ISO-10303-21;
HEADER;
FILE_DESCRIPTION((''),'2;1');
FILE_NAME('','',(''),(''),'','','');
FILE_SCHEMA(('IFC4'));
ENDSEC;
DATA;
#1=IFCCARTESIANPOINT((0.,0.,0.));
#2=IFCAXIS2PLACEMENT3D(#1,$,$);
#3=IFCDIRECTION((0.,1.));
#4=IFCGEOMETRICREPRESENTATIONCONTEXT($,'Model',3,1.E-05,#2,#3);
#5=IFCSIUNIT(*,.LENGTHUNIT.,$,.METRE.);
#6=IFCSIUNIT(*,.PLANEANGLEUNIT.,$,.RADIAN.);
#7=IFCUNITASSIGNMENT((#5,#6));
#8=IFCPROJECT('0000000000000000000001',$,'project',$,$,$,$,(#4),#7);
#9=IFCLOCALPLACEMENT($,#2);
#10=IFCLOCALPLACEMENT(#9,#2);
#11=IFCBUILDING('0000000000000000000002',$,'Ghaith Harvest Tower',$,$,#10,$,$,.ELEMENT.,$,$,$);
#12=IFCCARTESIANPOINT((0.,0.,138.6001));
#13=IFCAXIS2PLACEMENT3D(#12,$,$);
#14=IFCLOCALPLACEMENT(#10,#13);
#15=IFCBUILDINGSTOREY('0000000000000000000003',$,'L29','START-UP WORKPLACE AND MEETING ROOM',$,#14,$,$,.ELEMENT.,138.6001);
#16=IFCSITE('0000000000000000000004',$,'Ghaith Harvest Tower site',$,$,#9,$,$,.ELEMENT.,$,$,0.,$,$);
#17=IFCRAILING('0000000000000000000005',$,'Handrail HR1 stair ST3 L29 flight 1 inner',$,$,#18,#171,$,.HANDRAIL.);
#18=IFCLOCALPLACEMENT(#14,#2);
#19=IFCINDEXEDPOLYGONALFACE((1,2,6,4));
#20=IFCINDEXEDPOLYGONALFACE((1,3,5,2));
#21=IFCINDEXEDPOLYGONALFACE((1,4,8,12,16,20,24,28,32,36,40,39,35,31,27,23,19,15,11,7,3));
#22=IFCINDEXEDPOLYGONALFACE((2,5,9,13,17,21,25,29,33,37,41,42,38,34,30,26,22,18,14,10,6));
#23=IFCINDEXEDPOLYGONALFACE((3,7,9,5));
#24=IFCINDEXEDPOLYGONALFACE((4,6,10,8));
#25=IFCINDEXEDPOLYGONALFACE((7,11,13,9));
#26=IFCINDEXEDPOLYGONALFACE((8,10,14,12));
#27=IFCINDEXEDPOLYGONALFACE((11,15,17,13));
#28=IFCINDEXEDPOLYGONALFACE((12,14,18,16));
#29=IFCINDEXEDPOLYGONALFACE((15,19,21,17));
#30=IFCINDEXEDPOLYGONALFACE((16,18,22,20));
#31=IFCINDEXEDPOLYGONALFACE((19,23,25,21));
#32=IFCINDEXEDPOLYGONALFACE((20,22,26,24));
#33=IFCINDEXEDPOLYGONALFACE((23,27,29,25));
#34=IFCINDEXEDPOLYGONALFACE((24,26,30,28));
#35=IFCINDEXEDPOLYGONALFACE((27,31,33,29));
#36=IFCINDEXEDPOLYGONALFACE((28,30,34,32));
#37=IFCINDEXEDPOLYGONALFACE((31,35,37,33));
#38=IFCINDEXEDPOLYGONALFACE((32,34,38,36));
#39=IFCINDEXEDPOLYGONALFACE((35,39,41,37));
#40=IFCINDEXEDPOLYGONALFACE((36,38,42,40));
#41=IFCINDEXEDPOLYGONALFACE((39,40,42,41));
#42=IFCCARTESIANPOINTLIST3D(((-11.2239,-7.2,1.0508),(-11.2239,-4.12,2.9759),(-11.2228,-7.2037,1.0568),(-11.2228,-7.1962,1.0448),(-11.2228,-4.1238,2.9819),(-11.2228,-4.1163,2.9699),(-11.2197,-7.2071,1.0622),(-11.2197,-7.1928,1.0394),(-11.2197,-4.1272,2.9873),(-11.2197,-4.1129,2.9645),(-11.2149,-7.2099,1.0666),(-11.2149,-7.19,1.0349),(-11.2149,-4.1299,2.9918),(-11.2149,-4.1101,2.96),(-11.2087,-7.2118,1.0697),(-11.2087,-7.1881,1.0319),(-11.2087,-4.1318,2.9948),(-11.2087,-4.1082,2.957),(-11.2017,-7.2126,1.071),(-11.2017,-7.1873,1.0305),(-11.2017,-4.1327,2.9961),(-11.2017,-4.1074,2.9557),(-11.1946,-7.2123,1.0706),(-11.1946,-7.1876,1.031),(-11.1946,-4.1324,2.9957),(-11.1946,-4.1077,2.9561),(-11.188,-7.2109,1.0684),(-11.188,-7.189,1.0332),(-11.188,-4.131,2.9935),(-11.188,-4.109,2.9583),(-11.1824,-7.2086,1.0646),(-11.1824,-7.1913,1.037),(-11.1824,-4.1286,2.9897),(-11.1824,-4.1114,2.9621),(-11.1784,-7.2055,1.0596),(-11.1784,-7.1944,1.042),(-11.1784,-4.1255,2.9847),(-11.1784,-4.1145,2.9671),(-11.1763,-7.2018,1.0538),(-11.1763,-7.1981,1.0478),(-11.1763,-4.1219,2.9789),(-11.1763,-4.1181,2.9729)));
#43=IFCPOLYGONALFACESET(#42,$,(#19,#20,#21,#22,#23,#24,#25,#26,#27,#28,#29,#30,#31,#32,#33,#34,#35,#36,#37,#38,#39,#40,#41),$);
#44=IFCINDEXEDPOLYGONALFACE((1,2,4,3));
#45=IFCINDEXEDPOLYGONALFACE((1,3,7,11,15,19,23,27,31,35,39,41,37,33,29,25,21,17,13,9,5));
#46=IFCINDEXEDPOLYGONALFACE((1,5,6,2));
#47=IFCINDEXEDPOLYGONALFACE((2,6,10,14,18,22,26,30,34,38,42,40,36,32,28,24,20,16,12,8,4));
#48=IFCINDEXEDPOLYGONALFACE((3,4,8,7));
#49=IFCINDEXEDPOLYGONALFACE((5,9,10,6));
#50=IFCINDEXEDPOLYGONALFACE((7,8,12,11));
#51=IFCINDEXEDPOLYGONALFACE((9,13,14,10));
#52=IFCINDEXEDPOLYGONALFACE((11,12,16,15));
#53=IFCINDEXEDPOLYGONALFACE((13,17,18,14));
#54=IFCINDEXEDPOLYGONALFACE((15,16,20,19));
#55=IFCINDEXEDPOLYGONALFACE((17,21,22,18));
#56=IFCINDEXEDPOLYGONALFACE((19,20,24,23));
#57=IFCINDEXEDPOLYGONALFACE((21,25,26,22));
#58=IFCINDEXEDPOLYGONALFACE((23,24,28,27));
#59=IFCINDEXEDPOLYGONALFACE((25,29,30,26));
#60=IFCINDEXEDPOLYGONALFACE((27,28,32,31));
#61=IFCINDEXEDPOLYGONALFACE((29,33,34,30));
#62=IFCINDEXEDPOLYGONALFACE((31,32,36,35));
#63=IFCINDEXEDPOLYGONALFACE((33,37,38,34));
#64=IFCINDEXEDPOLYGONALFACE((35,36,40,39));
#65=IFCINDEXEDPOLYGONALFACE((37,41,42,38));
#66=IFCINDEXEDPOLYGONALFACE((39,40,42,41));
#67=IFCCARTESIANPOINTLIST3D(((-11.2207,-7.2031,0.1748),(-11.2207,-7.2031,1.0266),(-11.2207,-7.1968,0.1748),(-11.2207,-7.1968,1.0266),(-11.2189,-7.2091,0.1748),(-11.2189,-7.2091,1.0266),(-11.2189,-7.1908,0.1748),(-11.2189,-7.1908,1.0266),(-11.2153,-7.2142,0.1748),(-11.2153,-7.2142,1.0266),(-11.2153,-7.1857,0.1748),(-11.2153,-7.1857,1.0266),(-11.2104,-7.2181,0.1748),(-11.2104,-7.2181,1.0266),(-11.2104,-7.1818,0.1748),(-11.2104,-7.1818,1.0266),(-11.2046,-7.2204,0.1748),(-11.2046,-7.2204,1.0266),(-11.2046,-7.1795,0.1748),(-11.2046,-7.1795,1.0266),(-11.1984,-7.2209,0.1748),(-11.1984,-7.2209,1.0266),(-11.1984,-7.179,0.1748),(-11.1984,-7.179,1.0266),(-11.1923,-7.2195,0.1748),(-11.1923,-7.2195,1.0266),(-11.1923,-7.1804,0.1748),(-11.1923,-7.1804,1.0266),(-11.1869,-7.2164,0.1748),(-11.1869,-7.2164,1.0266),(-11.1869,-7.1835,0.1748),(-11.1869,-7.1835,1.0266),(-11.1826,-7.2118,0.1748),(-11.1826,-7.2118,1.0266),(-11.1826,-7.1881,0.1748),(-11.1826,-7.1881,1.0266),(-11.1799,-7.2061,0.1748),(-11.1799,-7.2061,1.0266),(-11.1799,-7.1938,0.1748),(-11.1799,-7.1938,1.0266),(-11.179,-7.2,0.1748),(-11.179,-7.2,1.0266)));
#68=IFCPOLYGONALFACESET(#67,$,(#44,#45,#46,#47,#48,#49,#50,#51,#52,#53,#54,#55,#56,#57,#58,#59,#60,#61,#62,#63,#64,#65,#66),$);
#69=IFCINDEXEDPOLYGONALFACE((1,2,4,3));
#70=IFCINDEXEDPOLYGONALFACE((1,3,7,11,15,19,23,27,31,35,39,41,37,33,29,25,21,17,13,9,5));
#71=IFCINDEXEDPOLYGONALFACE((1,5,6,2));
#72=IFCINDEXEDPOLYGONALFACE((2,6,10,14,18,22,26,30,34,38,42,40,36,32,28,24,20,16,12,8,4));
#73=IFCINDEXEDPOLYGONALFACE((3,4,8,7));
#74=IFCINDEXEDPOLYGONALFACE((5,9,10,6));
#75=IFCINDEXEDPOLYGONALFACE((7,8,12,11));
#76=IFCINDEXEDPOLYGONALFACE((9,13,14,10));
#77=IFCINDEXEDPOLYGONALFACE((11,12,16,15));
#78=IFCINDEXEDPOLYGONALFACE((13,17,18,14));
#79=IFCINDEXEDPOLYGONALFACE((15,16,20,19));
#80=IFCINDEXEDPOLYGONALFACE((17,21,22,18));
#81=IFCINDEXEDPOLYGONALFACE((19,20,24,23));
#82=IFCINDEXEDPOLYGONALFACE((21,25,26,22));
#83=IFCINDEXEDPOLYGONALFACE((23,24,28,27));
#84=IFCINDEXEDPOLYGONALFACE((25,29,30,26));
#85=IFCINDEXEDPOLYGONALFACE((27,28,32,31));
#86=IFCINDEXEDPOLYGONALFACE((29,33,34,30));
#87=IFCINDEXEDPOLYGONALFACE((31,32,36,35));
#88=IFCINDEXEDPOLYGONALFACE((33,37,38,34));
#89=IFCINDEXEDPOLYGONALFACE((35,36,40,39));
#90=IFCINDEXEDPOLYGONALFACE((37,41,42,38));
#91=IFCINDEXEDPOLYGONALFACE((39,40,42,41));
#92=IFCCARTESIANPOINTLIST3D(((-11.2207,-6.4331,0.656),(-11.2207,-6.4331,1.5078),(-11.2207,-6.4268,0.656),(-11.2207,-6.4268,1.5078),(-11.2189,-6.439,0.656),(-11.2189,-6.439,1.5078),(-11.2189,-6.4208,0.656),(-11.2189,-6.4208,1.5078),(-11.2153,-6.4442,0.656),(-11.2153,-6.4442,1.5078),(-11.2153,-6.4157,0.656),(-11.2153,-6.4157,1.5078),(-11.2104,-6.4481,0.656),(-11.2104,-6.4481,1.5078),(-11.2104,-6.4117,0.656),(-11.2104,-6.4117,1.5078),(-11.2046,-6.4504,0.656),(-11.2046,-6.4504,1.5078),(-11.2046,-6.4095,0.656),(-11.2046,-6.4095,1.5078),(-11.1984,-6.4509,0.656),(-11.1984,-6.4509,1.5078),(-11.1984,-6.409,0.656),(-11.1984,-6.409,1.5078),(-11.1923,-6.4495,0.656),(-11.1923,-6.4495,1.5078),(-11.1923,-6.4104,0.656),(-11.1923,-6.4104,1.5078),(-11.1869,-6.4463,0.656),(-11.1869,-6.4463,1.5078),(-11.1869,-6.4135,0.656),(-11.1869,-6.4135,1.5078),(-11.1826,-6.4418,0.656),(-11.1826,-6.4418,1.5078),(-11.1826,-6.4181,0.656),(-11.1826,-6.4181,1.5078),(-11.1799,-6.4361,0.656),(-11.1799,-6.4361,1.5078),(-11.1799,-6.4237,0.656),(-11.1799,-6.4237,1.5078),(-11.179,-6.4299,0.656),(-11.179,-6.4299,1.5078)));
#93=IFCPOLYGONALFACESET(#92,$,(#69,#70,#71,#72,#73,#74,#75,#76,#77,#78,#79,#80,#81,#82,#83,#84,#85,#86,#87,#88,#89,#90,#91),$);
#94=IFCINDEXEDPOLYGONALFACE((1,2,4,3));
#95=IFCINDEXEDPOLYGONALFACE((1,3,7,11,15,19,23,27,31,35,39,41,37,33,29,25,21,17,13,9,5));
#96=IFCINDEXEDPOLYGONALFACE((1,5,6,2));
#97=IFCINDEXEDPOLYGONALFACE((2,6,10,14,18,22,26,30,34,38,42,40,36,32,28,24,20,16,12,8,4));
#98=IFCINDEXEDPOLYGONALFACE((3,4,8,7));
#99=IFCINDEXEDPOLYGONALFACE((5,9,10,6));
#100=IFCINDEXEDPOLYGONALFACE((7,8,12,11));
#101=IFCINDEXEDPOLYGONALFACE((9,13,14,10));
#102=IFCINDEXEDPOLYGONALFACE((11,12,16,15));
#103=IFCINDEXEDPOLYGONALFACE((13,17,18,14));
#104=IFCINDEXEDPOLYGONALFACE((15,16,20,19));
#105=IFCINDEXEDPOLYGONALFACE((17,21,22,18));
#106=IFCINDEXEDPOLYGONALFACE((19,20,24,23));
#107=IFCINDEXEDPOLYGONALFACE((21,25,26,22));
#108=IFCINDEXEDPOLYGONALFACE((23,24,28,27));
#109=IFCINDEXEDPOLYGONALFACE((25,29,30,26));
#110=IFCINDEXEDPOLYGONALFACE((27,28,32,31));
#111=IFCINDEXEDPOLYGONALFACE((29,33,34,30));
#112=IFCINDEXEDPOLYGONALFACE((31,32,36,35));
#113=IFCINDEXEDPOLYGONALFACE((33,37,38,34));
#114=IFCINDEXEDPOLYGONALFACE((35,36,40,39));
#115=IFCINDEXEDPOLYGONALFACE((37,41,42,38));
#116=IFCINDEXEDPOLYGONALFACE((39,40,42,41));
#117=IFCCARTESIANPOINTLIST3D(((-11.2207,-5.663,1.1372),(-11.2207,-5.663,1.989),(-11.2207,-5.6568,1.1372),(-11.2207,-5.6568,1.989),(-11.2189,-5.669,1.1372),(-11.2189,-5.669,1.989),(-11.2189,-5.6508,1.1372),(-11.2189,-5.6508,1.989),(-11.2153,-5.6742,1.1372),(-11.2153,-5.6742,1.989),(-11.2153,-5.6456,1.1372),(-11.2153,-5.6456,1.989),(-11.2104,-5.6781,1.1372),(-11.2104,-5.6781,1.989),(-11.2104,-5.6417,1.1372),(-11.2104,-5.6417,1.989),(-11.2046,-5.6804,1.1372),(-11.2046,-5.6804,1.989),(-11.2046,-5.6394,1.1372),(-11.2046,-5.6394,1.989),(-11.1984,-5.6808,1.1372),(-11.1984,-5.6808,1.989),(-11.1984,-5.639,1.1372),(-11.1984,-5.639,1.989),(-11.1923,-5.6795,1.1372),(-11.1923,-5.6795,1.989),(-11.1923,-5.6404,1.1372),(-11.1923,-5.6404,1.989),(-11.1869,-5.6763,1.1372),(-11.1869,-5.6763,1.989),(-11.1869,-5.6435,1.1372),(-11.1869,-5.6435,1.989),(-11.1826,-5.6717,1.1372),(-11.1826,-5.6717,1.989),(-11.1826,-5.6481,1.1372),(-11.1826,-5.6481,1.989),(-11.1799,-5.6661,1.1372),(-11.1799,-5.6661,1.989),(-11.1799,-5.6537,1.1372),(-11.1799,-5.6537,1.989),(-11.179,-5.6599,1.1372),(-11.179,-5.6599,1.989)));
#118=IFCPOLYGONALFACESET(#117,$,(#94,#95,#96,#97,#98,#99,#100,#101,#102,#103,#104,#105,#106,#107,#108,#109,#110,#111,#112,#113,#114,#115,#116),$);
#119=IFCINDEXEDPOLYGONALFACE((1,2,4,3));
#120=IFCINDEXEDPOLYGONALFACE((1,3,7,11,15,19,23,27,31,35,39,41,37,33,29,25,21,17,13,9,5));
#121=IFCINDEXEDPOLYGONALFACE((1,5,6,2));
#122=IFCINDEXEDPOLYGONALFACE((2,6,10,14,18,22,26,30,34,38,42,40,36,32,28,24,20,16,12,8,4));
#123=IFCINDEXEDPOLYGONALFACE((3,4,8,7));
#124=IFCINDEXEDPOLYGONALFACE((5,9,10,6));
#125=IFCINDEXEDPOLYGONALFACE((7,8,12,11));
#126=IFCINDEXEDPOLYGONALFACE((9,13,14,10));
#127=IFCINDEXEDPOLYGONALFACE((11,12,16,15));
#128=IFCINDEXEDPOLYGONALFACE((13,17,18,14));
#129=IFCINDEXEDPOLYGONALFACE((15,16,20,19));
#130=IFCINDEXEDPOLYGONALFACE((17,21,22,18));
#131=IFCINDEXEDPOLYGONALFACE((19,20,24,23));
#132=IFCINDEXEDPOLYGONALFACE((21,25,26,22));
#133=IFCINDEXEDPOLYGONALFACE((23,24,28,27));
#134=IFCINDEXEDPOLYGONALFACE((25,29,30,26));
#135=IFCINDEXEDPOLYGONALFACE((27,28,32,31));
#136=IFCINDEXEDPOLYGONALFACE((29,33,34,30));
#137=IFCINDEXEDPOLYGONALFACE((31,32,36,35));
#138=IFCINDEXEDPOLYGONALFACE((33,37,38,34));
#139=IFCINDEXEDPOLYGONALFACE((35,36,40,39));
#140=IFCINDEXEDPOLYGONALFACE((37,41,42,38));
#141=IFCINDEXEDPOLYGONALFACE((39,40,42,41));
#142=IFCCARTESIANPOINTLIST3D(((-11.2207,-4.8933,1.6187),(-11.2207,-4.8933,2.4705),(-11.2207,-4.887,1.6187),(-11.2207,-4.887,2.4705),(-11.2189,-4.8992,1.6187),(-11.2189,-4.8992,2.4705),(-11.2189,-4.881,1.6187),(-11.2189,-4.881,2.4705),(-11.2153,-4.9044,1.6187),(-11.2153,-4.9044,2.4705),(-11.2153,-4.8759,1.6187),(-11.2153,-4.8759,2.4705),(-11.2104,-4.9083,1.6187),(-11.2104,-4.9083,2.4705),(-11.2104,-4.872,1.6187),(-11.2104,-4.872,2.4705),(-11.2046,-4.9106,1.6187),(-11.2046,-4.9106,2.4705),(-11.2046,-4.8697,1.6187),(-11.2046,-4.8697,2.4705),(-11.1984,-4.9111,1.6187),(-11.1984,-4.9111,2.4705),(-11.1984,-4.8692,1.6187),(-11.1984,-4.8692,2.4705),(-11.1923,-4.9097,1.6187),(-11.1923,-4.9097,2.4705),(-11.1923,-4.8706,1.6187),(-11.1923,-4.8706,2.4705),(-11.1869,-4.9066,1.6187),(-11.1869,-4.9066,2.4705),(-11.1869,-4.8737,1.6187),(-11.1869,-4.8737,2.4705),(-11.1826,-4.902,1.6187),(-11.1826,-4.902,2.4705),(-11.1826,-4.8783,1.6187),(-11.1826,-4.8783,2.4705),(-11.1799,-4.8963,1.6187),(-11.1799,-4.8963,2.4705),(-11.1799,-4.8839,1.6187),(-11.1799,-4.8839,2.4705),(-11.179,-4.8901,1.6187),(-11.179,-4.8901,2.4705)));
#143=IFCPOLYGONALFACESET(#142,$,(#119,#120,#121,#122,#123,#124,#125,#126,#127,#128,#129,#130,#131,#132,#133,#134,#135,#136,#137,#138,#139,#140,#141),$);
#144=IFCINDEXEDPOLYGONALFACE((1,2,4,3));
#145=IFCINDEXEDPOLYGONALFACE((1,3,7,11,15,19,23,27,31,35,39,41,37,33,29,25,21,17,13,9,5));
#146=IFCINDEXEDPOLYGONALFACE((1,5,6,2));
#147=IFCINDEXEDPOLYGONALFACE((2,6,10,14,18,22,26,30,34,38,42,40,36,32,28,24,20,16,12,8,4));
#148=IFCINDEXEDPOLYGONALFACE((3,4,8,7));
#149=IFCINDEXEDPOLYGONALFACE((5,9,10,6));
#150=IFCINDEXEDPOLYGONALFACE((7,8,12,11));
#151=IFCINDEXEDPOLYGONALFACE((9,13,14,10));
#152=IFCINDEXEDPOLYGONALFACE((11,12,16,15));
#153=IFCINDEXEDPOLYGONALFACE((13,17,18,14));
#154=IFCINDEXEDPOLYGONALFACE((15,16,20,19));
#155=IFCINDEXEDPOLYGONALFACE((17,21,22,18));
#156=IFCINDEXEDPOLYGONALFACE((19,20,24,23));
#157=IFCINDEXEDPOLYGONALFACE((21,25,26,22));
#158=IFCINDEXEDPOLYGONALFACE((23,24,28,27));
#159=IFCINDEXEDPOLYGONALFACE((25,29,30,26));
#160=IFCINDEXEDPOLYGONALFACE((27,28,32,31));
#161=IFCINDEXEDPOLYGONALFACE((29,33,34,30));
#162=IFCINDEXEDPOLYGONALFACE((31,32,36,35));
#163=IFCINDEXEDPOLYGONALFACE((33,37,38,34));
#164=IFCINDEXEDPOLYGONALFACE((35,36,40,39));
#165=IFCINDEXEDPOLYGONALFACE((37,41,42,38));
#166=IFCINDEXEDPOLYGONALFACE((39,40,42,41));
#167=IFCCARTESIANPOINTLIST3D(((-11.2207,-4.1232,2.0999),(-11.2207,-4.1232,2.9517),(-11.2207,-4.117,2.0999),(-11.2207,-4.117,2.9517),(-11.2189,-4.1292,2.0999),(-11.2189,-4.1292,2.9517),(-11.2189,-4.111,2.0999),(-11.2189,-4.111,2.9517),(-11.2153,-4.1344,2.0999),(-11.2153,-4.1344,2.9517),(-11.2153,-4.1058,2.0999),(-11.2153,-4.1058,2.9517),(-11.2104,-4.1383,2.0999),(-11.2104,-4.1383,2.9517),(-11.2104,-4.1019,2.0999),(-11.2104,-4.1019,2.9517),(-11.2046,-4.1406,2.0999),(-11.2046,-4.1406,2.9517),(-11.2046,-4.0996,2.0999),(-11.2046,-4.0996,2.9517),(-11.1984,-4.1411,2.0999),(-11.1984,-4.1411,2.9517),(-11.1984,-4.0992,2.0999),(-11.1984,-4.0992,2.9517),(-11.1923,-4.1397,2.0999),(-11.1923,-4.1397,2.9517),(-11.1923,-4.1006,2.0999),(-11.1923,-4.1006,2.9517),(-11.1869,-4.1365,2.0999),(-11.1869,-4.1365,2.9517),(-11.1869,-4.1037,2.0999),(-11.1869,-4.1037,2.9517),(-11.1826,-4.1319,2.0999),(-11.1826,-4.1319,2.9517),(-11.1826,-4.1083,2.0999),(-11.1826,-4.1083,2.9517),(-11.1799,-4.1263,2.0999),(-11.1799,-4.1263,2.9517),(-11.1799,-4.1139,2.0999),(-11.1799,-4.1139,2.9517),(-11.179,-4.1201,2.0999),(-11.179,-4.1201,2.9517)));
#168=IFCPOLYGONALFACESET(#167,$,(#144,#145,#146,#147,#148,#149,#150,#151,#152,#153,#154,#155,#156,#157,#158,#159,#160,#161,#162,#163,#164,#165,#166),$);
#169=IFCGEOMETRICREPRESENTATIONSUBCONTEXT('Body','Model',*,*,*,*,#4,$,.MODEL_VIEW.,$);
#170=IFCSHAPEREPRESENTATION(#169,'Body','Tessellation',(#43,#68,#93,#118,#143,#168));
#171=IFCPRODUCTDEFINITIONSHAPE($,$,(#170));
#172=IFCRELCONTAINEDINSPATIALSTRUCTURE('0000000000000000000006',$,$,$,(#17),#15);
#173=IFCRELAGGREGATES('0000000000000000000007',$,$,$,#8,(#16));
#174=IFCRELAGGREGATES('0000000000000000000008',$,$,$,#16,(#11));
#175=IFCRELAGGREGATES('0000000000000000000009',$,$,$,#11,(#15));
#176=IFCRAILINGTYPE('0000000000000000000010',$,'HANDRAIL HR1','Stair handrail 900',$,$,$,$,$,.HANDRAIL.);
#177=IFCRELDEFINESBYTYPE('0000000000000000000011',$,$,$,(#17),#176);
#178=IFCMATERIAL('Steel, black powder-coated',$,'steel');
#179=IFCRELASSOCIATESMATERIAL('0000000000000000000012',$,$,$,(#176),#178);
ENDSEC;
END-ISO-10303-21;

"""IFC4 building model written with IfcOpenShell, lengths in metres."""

from ifc_helpers import new_model, si_unit, direction, frame, origin, origin_2d, place, context, subcontext, project, spatial, circle, extrude, material, type_object, element, save


model = new_model("IFC4")

# Units and contexts
model_context = context("Model", 3, precision=1e-05, world=origin(), true_north=direction((0.0, 1.0)))
body_context = subcontext(model_context, "Body", "Model", "MODEL_VIEW")
ifc_project = project(units=[si_unit("LENGTHUNIT", "METRE"), si_unit("PLANEANGLEUNIT", "RADIAN")], contexts=[model_context])

# Site, building, storey
site_placement = place(None, origin())
site = spatial("IfcSite", under=ifc_project, at=site_placement, Name="Ghaith Harvest Tower site", CompositionType="ELEMENT", RefElevation=0.0)
building_placement = place(site_placement, origin())
building = spatial("IfcBuilding", under=site, at=building_placement, Name="Ghaith Harvest Tower", CompositionType="ELEMENT")
storey_placement = place(building_placement, frame((0.0, 0.0, 138.6001)))
storey = spatial("IfcBuildingStorey", under=building, at=storey_placement, Name="L29", Description="START-UP WORKPLACE AND MEETING ROOM", CompositionType="ELEMENT", Elevation=138.6001)

# Railing
ifc_material_1 = material(Name="Steel, black powder-coated", Category="steel")
railing_type = type_object("IfcRailingType", Name="HANDRAIL HR1", Description="Stair handrail 900", PredefinedType="HANDRAIL", material=ifc_material_1)
railing_1_placement = place(storey_placement, frame((-11.2, -7.2, 0.1748)))
element("IfcRailing", 1, at=railing_1_placement, inside=storey, type_object=railing_type, Name="Handrail HR1 stair ST3 L29 flight 1 inner", PredefinedType="HANDRAIL", context=body_context, shape_type="SweptSolid", body=[
    extrude(circle(Radius=0.0239, at=origin_2d()), frame((0.0, 0.0, 0.876), z_axis=(0.0, 0.847979, 0.530029), x_axis=(-1.0, 0.0, 0.0)), (0.0, 0.0, 1.0), 3.6321),
    extrude(circle(Radius=0.021, at=origin_2d()), origin(), (0.0, 0.0, 1.0), 0.8518),
    extrude(circle(Radius=0.021, at=origin_2d()), frame((0.0, 0.77, 0.4812)), (0.0, 0.0, 1.0), 0.8518),
    extrude(circle(Radius=0.021, at=origin_2d()), frame((0.0, 1.54, 0.9624)), (0.0, 0.0, 1.0), 0.8518),
    extrude(circle(Radius=0.021, at=origin_2d()), frame((0.0, 2.3098, 1.4438)), (0.0, 0.0, 1.0), 0.8518),
    extrude(circle(Radius=0.021, at=origin_2d()), frame((0.0, 3.0798, 1.925)), (0.0, 0.0, 1.0), 0.8518),
])

save(model, "model.ifc")
